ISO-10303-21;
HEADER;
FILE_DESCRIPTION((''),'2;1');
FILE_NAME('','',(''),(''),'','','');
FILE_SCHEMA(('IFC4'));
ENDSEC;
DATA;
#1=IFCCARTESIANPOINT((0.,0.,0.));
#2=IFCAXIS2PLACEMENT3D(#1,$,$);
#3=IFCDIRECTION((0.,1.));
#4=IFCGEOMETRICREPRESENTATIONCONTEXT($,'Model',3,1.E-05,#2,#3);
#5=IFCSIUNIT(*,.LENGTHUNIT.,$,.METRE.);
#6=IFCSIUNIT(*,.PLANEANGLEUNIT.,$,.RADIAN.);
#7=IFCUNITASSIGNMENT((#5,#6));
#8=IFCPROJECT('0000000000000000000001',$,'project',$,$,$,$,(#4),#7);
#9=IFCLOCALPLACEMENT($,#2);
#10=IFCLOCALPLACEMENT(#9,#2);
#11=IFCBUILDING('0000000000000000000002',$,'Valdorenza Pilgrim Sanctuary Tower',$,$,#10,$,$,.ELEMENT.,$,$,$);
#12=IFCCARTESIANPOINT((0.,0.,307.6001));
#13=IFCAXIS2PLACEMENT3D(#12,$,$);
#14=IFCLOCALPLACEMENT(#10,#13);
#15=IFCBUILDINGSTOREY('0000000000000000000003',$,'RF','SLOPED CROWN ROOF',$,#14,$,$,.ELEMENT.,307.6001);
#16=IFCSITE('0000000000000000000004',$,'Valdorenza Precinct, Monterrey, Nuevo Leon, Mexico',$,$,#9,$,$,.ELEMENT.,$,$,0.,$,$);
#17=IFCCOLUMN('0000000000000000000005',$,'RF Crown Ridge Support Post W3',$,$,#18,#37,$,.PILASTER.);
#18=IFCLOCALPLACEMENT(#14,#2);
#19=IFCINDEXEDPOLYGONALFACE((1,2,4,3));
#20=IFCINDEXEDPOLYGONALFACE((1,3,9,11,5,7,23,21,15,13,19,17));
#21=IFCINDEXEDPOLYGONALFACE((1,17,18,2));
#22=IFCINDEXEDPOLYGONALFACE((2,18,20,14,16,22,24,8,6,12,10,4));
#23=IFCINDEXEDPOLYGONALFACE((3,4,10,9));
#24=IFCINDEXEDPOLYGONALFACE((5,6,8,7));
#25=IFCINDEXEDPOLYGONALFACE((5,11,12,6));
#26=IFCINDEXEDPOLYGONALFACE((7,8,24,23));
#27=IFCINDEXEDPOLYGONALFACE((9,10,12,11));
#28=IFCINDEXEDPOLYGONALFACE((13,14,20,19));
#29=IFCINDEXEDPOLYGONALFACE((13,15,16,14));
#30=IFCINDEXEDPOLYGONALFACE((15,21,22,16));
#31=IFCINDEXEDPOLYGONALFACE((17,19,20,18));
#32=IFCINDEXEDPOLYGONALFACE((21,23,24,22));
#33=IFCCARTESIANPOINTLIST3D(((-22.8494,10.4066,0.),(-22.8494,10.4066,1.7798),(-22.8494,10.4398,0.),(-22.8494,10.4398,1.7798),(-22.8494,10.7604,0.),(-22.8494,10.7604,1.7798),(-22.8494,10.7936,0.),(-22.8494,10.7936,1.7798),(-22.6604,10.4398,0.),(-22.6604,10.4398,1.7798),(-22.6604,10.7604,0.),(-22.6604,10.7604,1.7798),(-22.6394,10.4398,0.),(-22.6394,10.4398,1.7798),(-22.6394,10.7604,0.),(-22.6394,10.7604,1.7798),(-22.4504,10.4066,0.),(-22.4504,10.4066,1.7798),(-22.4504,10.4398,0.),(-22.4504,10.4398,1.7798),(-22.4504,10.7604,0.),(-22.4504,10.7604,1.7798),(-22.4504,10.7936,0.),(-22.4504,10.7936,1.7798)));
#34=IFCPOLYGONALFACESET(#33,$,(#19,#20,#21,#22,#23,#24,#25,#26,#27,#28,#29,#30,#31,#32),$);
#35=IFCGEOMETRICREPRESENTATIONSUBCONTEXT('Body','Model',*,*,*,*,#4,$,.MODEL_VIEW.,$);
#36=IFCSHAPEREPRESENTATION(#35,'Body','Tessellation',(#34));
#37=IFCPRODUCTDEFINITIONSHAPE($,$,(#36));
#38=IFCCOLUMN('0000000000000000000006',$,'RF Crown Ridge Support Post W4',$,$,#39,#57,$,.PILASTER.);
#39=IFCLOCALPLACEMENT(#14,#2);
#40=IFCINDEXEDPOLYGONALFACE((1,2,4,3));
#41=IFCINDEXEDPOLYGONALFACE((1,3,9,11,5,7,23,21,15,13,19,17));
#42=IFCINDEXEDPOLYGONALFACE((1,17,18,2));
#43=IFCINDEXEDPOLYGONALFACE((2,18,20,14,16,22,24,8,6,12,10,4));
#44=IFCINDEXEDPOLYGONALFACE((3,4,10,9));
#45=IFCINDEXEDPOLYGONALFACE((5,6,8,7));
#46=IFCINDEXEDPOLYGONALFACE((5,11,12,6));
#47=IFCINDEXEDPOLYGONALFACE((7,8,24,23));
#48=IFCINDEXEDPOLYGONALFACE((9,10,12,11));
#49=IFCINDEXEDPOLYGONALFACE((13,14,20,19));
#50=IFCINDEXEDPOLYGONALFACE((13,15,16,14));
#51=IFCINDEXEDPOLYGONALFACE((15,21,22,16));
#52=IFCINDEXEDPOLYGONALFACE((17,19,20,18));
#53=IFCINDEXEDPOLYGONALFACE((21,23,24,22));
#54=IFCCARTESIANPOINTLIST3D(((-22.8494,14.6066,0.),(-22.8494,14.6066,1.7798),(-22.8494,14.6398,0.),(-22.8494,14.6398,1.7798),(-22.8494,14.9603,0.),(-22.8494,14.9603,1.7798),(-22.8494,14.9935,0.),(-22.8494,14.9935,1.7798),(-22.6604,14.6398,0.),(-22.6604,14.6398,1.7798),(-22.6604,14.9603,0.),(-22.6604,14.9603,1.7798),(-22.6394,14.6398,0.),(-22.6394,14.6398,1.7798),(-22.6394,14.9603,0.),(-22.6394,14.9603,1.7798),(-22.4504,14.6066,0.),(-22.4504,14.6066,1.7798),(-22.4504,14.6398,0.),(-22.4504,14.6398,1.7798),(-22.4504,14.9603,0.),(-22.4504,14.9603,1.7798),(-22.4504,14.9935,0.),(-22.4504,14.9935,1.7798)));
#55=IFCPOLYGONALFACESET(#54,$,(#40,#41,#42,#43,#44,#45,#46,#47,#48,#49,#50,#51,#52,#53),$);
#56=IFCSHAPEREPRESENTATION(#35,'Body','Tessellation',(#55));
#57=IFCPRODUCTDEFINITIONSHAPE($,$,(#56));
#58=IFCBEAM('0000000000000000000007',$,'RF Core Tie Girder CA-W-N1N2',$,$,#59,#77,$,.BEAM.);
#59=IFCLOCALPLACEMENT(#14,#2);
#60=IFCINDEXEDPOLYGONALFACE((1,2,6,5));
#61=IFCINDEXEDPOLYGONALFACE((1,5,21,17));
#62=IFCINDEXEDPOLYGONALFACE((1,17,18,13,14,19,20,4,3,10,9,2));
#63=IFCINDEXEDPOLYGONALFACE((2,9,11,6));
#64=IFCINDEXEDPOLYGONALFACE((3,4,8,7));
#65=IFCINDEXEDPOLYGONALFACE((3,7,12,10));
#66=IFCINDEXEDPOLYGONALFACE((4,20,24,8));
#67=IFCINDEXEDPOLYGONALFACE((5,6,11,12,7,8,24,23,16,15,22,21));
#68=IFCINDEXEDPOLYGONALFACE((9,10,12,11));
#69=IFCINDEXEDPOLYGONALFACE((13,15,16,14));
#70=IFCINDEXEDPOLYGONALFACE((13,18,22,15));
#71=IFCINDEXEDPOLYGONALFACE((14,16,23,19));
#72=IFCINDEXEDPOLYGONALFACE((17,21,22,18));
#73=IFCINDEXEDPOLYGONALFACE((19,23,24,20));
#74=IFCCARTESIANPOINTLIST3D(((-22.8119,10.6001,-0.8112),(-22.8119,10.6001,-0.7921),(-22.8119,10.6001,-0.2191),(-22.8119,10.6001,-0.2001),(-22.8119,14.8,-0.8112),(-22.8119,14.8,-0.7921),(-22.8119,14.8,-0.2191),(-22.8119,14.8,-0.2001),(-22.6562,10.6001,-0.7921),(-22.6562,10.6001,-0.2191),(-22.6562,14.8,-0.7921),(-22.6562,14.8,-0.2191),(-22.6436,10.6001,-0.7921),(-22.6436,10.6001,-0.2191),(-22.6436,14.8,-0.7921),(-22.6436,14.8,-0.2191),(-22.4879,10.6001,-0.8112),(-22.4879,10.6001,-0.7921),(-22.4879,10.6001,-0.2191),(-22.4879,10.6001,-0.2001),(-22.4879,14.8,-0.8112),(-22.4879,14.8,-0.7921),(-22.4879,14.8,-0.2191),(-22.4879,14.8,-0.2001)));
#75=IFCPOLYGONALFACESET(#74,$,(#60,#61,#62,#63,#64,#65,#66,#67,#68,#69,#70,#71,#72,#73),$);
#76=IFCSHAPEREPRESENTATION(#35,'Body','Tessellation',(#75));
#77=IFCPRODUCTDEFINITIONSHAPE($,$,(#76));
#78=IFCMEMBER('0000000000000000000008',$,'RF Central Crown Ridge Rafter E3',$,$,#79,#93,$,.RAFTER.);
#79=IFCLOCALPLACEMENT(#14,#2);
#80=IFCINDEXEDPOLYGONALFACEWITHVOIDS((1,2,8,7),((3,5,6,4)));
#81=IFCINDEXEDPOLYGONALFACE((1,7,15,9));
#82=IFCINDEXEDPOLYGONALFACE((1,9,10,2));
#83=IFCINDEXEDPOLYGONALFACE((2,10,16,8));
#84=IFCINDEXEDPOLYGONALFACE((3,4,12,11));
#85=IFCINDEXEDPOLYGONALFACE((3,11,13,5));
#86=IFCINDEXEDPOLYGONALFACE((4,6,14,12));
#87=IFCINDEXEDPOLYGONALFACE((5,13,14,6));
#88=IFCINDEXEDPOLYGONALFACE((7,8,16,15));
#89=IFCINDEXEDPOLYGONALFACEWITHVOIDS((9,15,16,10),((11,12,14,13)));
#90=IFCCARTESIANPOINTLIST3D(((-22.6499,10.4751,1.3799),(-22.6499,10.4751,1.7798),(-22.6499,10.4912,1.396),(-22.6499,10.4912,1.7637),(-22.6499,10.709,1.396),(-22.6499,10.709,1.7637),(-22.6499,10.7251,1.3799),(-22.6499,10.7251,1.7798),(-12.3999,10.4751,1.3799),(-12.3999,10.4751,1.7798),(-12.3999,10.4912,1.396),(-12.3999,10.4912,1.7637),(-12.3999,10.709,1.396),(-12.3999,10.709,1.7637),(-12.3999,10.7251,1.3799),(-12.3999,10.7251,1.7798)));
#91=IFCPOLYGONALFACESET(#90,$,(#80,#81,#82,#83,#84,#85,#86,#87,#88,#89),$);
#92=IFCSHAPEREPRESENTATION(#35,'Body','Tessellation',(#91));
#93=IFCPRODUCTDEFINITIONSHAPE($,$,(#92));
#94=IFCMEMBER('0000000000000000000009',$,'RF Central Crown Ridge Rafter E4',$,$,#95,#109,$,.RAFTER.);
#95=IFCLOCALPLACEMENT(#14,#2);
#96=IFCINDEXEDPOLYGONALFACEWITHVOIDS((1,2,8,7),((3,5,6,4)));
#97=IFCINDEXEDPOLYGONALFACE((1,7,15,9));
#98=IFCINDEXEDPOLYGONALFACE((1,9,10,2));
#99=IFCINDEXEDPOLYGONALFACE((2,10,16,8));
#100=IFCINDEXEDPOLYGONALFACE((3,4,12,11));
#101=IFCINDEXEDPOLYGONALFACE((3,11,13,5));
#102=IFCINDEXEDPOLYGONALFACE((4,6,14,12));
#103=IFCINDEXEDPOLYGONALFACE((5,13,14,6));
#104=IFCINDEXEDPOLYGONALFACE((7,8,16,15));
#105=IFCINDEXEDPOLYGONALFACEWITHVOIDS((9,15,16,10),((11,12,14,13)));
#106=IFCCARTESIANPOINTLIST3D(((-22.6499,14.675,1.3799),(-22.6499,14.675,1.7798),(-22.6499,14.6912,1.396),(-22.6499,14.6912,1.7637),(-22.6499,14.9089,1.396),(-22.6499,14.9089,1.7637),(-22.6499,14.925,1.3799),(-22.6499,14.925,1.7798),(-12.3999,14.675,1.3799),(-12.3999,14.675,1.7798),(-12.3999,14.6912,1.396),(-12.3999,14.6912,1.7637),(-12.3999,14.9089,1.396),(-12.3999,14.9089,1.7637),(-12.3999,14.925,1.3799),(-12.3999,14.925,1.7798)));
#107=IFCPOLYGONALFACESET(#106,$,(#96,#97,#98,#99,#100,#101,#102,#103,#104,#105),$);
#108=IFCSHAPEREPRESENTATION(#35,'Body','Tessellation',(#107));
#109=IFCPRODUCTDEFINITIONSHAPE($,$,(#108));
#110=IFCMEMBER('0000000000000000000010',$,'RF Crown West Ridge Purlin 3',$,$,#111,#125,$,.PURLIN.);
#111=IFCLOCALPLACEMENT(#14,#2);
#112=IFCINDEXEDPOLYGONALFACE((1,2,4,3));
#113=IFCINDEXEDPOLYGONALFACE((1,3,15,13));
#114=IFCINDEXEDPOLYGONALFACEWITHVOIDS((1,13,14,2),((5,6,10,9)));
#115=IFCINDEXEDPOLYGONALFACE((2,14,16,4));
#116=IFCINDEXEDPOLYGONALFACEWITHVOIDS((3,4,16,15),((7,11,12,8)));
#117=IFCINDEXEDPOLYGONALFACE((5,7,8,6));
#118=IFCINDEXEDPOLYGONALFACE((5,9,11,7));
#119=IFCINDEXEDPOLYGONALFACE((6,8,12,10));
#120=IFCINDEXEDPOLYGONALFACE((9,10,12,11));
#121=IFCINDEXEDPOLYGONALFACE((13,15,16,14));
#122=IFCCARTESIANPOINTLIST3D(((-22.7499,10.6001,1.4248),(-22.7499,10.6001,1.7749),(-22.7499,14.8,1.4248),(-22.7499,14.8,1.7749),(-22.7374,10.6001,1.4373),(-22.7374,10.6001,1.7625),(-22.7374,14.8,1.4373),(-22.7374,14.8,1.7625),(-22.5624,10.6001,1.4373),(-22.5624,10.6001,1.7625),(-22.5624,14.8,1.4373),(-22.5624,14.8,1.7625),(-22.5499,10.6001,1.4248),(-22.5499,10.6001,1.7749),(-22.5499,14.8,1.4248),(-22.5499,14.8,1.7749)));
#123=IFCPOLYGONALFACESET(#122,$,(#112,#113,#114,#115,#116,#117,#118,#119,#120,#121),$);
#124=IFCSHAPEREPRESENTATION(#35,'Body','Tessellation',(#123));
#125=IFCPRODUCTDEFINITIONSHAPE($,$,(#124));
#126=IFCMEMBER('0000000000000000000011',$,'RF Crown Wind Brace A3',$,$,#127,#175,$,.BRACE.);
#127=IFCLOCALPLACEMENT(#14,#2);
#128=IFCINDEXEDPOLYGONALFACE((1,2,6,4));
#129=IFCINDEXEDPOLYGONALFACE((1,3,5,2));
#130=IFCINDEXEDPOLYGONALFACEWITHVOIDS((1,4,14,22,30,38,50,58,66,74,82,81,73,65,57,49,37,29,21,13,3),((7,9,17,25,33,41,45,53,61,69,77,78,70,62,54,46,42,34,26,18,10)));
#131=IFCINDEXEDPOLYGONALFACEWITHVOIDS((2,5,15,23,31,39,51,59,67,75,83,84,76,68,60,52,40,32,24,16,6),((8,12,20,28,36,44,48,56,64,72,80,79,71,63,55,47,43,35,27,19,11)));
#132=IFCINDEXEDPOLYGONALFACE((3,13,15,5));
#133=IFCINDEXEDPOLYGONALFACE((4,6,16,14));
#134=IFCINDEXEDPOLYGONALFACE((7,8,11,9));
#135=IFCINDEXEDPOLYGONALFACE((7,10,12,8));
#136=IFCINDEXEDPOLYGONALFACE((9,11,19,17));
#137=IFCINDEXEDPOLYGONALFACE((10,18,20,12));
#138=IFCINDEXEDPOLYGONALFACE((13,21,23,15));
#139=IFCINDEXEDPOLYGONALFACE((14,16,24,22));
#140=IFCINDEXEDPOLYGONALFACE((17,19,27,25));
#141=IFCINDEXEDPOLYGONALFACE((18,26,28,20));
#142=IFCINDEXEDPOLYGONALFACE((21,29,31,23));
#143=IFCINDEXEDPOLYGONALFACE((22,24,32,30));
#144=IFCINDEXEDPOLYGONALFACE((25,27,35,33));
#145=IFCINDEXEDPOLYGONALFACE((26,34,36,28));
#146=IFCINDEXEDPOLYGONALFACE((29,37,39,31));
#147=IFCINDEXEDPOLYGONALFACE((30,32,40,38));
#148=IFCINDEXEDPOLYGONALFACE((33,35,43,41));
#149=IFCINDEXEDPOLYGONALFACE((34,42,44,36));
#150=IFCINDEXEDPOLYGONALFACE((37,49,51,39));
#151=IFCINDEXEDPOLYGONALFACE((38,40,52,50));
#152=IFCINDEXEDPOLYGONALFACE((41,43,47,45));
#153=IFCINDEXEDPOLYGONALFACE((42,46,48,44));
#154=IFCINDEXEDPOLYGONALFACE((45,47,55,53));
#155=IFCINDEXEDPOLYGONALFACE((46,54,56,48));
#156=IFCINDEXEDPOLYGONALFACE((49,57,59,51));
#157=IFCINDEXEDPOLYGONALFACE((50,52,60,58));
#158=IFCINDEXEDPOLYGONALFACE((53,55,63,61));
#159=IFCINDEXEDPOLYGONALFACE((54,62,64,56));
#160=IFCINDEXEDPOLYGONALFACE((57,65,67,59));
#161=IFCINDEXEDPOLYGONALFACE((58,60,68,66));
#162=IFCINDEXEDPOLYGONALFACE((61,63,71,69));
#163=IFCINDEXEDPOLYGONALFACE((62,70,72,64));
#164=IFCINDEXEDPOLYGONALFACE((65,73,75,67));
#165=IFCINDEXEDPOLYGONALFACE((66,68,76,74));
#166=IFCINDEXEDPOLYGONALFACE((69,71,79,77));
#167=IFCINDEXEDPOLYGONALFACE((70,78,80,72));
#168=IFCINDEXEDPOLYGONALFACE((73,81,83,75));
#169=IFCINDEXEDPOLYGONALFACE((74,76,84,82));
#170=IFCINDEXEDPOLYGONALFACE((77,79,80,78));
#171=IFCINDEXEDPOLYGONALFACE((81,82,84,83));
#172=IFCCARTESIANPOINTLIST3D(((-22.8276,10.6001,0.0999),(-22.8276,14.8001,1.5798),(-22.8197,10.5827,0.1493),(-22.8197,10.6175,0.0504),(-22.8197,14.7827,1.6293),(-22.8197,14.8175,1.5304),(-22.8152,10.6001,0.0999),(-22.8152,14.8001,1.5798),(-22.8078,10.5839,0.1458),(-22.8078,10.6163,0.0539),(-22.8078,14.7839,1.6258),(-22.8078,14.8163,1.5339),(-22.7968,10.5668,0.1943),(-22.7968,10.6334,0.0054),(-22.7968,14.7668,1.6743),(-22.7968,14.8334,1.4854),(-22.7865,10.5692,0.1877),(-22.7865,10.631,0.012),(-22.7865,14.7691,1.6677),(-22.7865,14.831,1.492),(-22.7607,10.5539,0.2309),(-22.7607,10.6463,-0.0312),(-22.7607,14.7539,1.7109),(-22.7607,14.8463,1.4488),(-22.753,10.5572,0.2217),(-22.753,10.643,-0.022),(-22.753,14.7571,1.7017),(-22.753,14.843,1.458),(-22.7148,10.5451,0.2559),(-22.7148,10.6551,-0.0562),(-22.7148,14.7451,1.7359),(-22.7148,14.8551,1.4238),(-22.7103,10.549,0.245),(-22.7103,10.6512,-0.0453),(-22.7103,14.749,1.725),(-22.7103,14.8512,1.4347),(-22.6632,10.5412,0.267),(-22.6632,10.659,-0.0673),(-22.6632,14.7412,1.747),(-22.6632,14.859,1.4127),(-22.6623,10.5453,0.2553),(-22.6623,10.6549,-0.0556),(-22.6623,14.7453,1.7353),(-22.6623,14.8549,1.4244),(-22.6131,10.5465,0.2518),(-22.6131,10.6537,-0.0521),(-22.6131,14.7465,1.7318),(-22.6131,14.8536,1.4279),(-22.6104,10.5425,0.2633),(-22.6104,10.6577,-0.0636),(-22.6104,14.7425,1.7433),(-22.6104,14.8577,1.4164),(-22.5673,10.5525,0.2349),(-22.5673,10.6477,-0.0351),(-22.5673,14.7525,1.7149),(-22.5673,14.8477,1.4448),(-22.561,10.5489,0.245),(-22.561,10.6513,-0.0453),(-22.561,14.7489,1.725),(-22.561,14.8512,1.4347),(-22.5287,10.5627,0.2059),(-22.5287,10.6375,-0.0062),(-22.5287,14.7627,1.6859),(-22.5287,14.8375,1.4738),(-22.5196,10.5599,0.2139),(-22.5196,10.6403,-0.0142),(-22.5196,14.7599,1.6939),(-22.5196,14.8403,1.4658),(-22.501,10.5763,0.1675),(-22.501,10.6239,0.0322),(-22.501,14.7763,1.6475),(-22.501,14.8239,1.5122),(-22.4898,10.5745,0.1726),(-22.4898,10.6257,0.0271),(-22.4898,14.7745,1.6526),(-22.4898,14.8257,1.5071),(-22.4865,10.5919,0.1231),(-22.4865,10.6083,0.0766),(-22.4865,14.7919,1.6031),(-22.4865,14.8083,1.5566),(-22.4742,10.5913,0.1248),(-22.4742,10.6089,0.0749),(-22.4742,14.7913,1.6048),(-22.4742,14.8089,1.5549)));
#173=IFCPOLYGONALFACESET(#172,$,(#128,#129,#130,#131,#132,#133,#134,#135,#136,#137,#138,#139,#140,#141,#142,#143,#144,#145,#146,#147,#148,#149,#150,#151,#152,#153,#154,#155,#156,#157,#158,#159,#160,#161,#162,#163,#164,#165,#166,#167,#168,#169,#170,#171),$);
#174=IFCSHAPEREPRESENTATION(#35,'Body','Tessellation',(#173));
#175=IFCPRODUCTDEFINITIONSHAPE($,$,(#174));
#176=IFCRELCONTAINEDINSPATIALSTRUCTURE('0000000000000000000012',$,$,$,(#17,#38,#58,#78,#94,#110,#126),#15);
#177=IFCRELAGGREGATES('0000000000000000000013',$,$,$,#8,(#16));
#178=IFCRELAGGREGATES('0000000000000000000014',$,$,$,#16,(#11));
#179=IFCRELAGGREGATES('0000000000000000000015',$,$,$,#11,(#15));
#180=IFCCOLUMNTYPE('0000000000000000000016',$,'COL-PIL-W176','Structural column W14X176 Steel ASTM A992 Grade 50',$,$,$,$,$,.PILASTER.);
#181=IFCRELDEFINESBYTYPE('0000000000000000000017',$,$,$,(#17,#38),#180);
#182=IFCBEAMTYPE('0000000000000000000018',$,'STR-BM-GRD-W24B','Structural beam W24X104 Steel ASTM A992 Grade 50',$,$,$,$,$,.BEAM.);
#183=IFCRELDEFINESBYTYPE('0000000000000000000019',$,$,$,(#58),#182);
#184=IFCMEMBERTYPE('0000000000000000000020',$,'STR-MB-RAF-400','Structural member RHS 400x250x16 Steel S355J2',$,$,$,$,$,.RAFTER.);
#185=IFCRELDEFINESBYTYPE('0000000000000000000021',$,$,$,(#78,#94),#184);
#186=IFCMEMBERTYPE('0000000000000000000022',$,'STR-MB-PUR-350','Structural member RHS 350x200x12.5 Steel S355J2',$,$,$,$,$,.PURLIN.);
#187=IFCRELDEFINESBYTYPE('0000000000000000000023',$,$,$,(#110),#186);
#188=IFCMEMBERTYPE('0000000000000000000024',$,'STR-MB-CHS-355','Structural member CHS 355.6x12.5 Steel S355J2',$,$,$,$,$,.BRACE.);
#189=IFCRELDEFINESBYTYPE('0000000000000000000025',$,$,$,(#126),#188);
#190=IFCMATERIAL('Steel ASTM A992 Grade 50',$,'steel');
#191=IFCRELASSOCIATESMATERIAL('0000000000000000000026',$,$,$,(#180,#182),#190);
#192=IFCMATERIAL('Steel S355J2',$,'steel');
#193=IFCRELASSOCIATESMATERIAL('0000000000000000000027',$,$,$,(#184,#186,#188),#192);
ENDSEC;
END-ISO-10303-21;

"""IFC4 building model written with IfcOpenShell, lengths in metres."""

from ifc_helpers import new_model, si_unit, direction, frame, origin, origin_2d, place, context, subcontext, project, spatial, hollow_rectangle, hollow_circle, i_section, extrude, source, transform, mapped, material, material_profile, profile_set, type_object, element, save


model = new_model("IFC4")

# Units and contexts
model_context = context("Model", 3, precision=1e-05, world=origin(), true_north=direction((0.0, 1.0)))
body_context = subcontext(model_context, "Body", "Model", "MODEL_VIEW")
ifc_project = project(units=[si_unit("LENGTHUNIT", "METRE"), si_unit("PLANEANGLEUNIT", "RADIAN")], contexts=[model_context])

# Site, building, storey
site_placement = place(None, origin())
site = spatial("IfcSite", under=ifc_project, at=site_placement, Name="Valdorenza Precinct, Monterrey, Nuevo Leon, Mexico", CompositionType="ELEMENT", RefElevation=0.0)
building_placement = place(site_placement, origin())
building = spatial("IfcBuilding", under=site, at=building_placement, Name="Valdorenza Pilgrim Sanctuary Tower", CompositionType="ELEMENT")
storey_placement = place(building_placement, frame((0.0, 0.0, 307.6001)))
storey = spatial("IfcBuildingStorey", under=building, at=storey_placement, Name="RF", Description="SLOPED CROWN ROOF", CompositionType="ELEMENT", Elevation=307.6001)

# Columns
ifc_material_1 = material(Name="Steel ASTM A992 Grade 50", Category="steel")
ifc_material_profile_1 = material_profile(ifc_material_1, i_section(OverallWidth=0.3989, OverallDepth=0.387, WebThickness=0.021, FlangeThickness=0.0332, at=origin_2d()), Name="W14X176")
ifc_profile_set_1 = profile_set([ifc_material_profile_1], Name="Steel ASTM A992 Grade 50")
column_type = type_object("IfcColumnType", Name="COL-PIL-W176", Description="Structural column W14X176 Steel ASTM A992 Grade 50", PredefinedType="PILASTER", material=ifc_profile_set_1)
shared_shape_1 = source(origin(), body_context, "Body", "SweptSolid", [
    extrude(i_section(OverallWidth=0.3989, OverallDepth=0.387, WebThickness=0.021, FlangeThickness=0.0332, at=origin_2d()), origin(), (0.0, 0.0, 1.0), 1.7798),
])
for number, where, z_axis, x_axis, name in (
    (1, (-22.6499, 10.6001, 0.0), (0.0, 0.0, 1.0), (1.0, 0.0, 0.0), "RF Crown Ridge Support Post W3"),
    (2, (-22.6499, 14.8, 0.0), (0.0, 0.0, 1.0), (1.0, 0.0, 0.0), "RF Crown Ridge Support Post W4"),
):
    element("IfcColumn", number, at=place(storey_placement, frame(where, z_axis=z_axis, x_axis=x_axis)), inside=storey, type_object=column_type, Name=name, PredefinedType="PILASTER", context=body_context, shape_type="MappedRepresentation", body=[
        mapped(shared_shape_1, transform((0.0, 0.0, 0.0), x_axis=(1.0, 0.0, 0.0), y_axis=(0.0, 1.0, 0.0), z_axis=(0.0, 0.0, 1.0), scale=1.0)),
    ])

# Beam
ifc_material_profile_2 = material_profile(ifc_material_1, i_section(OverallWidth=0.324, OverallDepth=0.6111, WebThickness=0.0127, FlangeThickness=0.019, at=origin_2d()), Name="W24X104")
ifc_profile_set_2 = profile_set([ifc_material_profile_2], Name="Steel ASTM A992 Grade 50")
beam_type = type_object("IfcBeamType", Name="STR-BM-GRD-W24B", Description="Structural beam W24X104 Steel ASTM A992 Grade 50", PredefinedType="BEAM", material=ifc_profile_set_2)
shared_shape_2 = source(origin(), body_context, "Body", "SweptSolid", [
    extrude(i_section(OverallWidth=0.324, OverallDepth=0.6111, WebThickness=0.0127, FlangeThickness=0.019, at=origin_2d()), origin(), (0.0, 0.0, 1.0), 4.2),
])
beam_placement = place(storey_placement, frame((-22.6499, 10.6001, -0.5056), z_axis=(0.0, 1.0, 0.0), x_axis=(-1.0, 0.0, 0.0)))
element("IfcBeam", 3, at=beam_placement, inside=storey, type_object=beam_type, Name="RF Core Tie Girder CA-W-N1N2", PredefinedType="BEAM", context=body_context, shape_type="MappedRepresentation", body=[
    mapped(shared_shape_2, transform((0.0, 0.0, 0.0), x_axis=(1.0, 0.0, 0.0), y_axis=(0.0, 1.0, 0.0), z_axis=(0.0, 0.0, 1.0), scale=1.0)),
])

# Members
ifc_material_2 = material(Name="Steel S355J2", Category="steel")
ifc_material_profile_3 = material_profile(ifc_material_2, hollow_rectangle(XDim=0.25, YDim=0.3999, WallThickness=0.0161, at=origin_2d()), Name="RHS 400x250x16")
ifc_profile_set_3 = profile_set([ifc_material_profile_3], Name="Steel S355J2")
member_type_1 = type_object("IfcMemberType", Name="STR-MB-RAF-400", Description="Structural member RHS 400x250x16 Steel S355J2", PredefinedType="RAFTER", material=ifc_profile_set_3)
shared_shape_3 = source(origin(), body_context, "Body", "SweptSolid", [
    extrude(hollow_rectangle(XDim=0.25, YDim=0.3999, WallThickness=0.0161, at=origin_2d()), origin(), (0.0, 0.0, 1.0), 10.25),
])
for number, where, z_axis, x_axis, name in (
    (4, (-22.6499, 10.6001, 1.5798), (1.0, 0.0, 0.0), (0.0, 1.0, 0.0), "RF Central Crown Ridge Rafter E3"),
    (5, (-22.6499, 14.8, 1.5798), (1.0, 0.0, 0.0), (0.0, 1.0, 0.0), "RF Central Crown Ridge Rafter E4"),
):
    element("IfcMember", number, at=place(storey_placement, frame(where, z_axis=z_axis, x_axis=x_axis)), inside=storey, type_object=member_type_1, Name=name, PredefinedType="RAFTER", context=body_context, shape_type="MappedRepresentation", body=[
        mapped(shared_shape_3, transform((0.0, 0.0, 0.0), x_axis=(1.0, 0.0, 0.0), y_axis=(0.0, 1.0, 0.0), z_axis=(0.0, 0.0, 1.0), scale=1.0)),
    ])
ifc_material_profile_4 = material_profile(ifc_material_2, hollow_rectangle(XDim=0.2, YDim=0.3501, WallThickness=0.0125, at=origin_2d()), Name="RHS 350x200x12.5")
ifc_profile_set_4 = profile_set([ifc_material_profile_4], Name="Steel S355J2")
member_type_2 = type_object("IfcMemberType", Name="STR-MB-PUR-350", Description="Structural member RHS 350x200x12.5 Steel S355J2", PredefinedType="PURLIN", material=ifc_profile_set_4)
shared_shape_4 = source(origin(), body_context, "Body", "SweptSolid", [
    extrude(hollow_rectangle(XDim=0.2, YDim=0.3501, WallThickness=0.0125, at=origin_2d()), origin(), (0.0, 0.0, 1.0), 4.2),
])
member_1_placement = place(storey_placement, frame((-22.6499, 10.6001, 1.5999), z_axis=(0.0, 1.0, 0.0), x_axis=(-1.0, 0.0, 0.0)))
element("IfcMember", 6, at=member_1_placement, inside=storey, type_object=member_type_2, Name="RF Crown West Ridge Purlin 3", PredefinedType="PURLIN", context=body_context, shape_type="MappedRepresentation", body=[
    mapped(shared_shape_4, transform((0.0, 0.0, 0.0), x_axis=(1.0, 0.0, 0.0), y_axis=(0.0, 1.0, 0.0), z_axis=(0.0, 0.0, 1.0), scale=1.0)),
])
ifc_material_profile_5 = material_profile(ifc_material_2, hollow_circle(Radius=0.1777, WallThickness=0.0125, at=origin_2d()), Name="CHS 355.6x12.5")
ifc_profile_set_5 = profile_set([ifc_material_profile_5], Name="Steel S355J2")
member_type_3 = type_object("IfcMemberType", Name="STR-MB-CHS-355", Description="Structural member CHS 355.6x12.5 Steel S355J2", PredefinedType="BRACE", material=ifc_profile_set_5)
shared_shape_5 = source(origin(), body_context, "Body", "SweptSolid", [
    extrude(hollow_circle(Radius=0.1777, WallThickness=0.0125, at=origin_2d()), origin(), (0.0, 0.0, 1.0), 4.4531),
])
member_2_placement = place(storey_placement, frame((-22.6499, 10.6001, 0.0999), z_axis=(0.0, 0.943156, 0.33235), x_axis=(-1.0, 0.0, 0.0)))
element("IfcMember", 7, at=member_2_placement, inside=storey, type_object=member_type_3, Name="RF Crown Wind Brace A3", PredefinedType="BRACE", context=body_context, shape_type="MappedRepresentation", body=[
    mapped(shared_shape_5, transform((0.0, 0.0, 0.0), x_axis=(1.0, 0.0, 0.0), y_axis=(0.0, 1.0, 0.0), z_axis=(0.0, 0.0, 1.0), scale=1.0)),
])

save(model, "model.ifc")
